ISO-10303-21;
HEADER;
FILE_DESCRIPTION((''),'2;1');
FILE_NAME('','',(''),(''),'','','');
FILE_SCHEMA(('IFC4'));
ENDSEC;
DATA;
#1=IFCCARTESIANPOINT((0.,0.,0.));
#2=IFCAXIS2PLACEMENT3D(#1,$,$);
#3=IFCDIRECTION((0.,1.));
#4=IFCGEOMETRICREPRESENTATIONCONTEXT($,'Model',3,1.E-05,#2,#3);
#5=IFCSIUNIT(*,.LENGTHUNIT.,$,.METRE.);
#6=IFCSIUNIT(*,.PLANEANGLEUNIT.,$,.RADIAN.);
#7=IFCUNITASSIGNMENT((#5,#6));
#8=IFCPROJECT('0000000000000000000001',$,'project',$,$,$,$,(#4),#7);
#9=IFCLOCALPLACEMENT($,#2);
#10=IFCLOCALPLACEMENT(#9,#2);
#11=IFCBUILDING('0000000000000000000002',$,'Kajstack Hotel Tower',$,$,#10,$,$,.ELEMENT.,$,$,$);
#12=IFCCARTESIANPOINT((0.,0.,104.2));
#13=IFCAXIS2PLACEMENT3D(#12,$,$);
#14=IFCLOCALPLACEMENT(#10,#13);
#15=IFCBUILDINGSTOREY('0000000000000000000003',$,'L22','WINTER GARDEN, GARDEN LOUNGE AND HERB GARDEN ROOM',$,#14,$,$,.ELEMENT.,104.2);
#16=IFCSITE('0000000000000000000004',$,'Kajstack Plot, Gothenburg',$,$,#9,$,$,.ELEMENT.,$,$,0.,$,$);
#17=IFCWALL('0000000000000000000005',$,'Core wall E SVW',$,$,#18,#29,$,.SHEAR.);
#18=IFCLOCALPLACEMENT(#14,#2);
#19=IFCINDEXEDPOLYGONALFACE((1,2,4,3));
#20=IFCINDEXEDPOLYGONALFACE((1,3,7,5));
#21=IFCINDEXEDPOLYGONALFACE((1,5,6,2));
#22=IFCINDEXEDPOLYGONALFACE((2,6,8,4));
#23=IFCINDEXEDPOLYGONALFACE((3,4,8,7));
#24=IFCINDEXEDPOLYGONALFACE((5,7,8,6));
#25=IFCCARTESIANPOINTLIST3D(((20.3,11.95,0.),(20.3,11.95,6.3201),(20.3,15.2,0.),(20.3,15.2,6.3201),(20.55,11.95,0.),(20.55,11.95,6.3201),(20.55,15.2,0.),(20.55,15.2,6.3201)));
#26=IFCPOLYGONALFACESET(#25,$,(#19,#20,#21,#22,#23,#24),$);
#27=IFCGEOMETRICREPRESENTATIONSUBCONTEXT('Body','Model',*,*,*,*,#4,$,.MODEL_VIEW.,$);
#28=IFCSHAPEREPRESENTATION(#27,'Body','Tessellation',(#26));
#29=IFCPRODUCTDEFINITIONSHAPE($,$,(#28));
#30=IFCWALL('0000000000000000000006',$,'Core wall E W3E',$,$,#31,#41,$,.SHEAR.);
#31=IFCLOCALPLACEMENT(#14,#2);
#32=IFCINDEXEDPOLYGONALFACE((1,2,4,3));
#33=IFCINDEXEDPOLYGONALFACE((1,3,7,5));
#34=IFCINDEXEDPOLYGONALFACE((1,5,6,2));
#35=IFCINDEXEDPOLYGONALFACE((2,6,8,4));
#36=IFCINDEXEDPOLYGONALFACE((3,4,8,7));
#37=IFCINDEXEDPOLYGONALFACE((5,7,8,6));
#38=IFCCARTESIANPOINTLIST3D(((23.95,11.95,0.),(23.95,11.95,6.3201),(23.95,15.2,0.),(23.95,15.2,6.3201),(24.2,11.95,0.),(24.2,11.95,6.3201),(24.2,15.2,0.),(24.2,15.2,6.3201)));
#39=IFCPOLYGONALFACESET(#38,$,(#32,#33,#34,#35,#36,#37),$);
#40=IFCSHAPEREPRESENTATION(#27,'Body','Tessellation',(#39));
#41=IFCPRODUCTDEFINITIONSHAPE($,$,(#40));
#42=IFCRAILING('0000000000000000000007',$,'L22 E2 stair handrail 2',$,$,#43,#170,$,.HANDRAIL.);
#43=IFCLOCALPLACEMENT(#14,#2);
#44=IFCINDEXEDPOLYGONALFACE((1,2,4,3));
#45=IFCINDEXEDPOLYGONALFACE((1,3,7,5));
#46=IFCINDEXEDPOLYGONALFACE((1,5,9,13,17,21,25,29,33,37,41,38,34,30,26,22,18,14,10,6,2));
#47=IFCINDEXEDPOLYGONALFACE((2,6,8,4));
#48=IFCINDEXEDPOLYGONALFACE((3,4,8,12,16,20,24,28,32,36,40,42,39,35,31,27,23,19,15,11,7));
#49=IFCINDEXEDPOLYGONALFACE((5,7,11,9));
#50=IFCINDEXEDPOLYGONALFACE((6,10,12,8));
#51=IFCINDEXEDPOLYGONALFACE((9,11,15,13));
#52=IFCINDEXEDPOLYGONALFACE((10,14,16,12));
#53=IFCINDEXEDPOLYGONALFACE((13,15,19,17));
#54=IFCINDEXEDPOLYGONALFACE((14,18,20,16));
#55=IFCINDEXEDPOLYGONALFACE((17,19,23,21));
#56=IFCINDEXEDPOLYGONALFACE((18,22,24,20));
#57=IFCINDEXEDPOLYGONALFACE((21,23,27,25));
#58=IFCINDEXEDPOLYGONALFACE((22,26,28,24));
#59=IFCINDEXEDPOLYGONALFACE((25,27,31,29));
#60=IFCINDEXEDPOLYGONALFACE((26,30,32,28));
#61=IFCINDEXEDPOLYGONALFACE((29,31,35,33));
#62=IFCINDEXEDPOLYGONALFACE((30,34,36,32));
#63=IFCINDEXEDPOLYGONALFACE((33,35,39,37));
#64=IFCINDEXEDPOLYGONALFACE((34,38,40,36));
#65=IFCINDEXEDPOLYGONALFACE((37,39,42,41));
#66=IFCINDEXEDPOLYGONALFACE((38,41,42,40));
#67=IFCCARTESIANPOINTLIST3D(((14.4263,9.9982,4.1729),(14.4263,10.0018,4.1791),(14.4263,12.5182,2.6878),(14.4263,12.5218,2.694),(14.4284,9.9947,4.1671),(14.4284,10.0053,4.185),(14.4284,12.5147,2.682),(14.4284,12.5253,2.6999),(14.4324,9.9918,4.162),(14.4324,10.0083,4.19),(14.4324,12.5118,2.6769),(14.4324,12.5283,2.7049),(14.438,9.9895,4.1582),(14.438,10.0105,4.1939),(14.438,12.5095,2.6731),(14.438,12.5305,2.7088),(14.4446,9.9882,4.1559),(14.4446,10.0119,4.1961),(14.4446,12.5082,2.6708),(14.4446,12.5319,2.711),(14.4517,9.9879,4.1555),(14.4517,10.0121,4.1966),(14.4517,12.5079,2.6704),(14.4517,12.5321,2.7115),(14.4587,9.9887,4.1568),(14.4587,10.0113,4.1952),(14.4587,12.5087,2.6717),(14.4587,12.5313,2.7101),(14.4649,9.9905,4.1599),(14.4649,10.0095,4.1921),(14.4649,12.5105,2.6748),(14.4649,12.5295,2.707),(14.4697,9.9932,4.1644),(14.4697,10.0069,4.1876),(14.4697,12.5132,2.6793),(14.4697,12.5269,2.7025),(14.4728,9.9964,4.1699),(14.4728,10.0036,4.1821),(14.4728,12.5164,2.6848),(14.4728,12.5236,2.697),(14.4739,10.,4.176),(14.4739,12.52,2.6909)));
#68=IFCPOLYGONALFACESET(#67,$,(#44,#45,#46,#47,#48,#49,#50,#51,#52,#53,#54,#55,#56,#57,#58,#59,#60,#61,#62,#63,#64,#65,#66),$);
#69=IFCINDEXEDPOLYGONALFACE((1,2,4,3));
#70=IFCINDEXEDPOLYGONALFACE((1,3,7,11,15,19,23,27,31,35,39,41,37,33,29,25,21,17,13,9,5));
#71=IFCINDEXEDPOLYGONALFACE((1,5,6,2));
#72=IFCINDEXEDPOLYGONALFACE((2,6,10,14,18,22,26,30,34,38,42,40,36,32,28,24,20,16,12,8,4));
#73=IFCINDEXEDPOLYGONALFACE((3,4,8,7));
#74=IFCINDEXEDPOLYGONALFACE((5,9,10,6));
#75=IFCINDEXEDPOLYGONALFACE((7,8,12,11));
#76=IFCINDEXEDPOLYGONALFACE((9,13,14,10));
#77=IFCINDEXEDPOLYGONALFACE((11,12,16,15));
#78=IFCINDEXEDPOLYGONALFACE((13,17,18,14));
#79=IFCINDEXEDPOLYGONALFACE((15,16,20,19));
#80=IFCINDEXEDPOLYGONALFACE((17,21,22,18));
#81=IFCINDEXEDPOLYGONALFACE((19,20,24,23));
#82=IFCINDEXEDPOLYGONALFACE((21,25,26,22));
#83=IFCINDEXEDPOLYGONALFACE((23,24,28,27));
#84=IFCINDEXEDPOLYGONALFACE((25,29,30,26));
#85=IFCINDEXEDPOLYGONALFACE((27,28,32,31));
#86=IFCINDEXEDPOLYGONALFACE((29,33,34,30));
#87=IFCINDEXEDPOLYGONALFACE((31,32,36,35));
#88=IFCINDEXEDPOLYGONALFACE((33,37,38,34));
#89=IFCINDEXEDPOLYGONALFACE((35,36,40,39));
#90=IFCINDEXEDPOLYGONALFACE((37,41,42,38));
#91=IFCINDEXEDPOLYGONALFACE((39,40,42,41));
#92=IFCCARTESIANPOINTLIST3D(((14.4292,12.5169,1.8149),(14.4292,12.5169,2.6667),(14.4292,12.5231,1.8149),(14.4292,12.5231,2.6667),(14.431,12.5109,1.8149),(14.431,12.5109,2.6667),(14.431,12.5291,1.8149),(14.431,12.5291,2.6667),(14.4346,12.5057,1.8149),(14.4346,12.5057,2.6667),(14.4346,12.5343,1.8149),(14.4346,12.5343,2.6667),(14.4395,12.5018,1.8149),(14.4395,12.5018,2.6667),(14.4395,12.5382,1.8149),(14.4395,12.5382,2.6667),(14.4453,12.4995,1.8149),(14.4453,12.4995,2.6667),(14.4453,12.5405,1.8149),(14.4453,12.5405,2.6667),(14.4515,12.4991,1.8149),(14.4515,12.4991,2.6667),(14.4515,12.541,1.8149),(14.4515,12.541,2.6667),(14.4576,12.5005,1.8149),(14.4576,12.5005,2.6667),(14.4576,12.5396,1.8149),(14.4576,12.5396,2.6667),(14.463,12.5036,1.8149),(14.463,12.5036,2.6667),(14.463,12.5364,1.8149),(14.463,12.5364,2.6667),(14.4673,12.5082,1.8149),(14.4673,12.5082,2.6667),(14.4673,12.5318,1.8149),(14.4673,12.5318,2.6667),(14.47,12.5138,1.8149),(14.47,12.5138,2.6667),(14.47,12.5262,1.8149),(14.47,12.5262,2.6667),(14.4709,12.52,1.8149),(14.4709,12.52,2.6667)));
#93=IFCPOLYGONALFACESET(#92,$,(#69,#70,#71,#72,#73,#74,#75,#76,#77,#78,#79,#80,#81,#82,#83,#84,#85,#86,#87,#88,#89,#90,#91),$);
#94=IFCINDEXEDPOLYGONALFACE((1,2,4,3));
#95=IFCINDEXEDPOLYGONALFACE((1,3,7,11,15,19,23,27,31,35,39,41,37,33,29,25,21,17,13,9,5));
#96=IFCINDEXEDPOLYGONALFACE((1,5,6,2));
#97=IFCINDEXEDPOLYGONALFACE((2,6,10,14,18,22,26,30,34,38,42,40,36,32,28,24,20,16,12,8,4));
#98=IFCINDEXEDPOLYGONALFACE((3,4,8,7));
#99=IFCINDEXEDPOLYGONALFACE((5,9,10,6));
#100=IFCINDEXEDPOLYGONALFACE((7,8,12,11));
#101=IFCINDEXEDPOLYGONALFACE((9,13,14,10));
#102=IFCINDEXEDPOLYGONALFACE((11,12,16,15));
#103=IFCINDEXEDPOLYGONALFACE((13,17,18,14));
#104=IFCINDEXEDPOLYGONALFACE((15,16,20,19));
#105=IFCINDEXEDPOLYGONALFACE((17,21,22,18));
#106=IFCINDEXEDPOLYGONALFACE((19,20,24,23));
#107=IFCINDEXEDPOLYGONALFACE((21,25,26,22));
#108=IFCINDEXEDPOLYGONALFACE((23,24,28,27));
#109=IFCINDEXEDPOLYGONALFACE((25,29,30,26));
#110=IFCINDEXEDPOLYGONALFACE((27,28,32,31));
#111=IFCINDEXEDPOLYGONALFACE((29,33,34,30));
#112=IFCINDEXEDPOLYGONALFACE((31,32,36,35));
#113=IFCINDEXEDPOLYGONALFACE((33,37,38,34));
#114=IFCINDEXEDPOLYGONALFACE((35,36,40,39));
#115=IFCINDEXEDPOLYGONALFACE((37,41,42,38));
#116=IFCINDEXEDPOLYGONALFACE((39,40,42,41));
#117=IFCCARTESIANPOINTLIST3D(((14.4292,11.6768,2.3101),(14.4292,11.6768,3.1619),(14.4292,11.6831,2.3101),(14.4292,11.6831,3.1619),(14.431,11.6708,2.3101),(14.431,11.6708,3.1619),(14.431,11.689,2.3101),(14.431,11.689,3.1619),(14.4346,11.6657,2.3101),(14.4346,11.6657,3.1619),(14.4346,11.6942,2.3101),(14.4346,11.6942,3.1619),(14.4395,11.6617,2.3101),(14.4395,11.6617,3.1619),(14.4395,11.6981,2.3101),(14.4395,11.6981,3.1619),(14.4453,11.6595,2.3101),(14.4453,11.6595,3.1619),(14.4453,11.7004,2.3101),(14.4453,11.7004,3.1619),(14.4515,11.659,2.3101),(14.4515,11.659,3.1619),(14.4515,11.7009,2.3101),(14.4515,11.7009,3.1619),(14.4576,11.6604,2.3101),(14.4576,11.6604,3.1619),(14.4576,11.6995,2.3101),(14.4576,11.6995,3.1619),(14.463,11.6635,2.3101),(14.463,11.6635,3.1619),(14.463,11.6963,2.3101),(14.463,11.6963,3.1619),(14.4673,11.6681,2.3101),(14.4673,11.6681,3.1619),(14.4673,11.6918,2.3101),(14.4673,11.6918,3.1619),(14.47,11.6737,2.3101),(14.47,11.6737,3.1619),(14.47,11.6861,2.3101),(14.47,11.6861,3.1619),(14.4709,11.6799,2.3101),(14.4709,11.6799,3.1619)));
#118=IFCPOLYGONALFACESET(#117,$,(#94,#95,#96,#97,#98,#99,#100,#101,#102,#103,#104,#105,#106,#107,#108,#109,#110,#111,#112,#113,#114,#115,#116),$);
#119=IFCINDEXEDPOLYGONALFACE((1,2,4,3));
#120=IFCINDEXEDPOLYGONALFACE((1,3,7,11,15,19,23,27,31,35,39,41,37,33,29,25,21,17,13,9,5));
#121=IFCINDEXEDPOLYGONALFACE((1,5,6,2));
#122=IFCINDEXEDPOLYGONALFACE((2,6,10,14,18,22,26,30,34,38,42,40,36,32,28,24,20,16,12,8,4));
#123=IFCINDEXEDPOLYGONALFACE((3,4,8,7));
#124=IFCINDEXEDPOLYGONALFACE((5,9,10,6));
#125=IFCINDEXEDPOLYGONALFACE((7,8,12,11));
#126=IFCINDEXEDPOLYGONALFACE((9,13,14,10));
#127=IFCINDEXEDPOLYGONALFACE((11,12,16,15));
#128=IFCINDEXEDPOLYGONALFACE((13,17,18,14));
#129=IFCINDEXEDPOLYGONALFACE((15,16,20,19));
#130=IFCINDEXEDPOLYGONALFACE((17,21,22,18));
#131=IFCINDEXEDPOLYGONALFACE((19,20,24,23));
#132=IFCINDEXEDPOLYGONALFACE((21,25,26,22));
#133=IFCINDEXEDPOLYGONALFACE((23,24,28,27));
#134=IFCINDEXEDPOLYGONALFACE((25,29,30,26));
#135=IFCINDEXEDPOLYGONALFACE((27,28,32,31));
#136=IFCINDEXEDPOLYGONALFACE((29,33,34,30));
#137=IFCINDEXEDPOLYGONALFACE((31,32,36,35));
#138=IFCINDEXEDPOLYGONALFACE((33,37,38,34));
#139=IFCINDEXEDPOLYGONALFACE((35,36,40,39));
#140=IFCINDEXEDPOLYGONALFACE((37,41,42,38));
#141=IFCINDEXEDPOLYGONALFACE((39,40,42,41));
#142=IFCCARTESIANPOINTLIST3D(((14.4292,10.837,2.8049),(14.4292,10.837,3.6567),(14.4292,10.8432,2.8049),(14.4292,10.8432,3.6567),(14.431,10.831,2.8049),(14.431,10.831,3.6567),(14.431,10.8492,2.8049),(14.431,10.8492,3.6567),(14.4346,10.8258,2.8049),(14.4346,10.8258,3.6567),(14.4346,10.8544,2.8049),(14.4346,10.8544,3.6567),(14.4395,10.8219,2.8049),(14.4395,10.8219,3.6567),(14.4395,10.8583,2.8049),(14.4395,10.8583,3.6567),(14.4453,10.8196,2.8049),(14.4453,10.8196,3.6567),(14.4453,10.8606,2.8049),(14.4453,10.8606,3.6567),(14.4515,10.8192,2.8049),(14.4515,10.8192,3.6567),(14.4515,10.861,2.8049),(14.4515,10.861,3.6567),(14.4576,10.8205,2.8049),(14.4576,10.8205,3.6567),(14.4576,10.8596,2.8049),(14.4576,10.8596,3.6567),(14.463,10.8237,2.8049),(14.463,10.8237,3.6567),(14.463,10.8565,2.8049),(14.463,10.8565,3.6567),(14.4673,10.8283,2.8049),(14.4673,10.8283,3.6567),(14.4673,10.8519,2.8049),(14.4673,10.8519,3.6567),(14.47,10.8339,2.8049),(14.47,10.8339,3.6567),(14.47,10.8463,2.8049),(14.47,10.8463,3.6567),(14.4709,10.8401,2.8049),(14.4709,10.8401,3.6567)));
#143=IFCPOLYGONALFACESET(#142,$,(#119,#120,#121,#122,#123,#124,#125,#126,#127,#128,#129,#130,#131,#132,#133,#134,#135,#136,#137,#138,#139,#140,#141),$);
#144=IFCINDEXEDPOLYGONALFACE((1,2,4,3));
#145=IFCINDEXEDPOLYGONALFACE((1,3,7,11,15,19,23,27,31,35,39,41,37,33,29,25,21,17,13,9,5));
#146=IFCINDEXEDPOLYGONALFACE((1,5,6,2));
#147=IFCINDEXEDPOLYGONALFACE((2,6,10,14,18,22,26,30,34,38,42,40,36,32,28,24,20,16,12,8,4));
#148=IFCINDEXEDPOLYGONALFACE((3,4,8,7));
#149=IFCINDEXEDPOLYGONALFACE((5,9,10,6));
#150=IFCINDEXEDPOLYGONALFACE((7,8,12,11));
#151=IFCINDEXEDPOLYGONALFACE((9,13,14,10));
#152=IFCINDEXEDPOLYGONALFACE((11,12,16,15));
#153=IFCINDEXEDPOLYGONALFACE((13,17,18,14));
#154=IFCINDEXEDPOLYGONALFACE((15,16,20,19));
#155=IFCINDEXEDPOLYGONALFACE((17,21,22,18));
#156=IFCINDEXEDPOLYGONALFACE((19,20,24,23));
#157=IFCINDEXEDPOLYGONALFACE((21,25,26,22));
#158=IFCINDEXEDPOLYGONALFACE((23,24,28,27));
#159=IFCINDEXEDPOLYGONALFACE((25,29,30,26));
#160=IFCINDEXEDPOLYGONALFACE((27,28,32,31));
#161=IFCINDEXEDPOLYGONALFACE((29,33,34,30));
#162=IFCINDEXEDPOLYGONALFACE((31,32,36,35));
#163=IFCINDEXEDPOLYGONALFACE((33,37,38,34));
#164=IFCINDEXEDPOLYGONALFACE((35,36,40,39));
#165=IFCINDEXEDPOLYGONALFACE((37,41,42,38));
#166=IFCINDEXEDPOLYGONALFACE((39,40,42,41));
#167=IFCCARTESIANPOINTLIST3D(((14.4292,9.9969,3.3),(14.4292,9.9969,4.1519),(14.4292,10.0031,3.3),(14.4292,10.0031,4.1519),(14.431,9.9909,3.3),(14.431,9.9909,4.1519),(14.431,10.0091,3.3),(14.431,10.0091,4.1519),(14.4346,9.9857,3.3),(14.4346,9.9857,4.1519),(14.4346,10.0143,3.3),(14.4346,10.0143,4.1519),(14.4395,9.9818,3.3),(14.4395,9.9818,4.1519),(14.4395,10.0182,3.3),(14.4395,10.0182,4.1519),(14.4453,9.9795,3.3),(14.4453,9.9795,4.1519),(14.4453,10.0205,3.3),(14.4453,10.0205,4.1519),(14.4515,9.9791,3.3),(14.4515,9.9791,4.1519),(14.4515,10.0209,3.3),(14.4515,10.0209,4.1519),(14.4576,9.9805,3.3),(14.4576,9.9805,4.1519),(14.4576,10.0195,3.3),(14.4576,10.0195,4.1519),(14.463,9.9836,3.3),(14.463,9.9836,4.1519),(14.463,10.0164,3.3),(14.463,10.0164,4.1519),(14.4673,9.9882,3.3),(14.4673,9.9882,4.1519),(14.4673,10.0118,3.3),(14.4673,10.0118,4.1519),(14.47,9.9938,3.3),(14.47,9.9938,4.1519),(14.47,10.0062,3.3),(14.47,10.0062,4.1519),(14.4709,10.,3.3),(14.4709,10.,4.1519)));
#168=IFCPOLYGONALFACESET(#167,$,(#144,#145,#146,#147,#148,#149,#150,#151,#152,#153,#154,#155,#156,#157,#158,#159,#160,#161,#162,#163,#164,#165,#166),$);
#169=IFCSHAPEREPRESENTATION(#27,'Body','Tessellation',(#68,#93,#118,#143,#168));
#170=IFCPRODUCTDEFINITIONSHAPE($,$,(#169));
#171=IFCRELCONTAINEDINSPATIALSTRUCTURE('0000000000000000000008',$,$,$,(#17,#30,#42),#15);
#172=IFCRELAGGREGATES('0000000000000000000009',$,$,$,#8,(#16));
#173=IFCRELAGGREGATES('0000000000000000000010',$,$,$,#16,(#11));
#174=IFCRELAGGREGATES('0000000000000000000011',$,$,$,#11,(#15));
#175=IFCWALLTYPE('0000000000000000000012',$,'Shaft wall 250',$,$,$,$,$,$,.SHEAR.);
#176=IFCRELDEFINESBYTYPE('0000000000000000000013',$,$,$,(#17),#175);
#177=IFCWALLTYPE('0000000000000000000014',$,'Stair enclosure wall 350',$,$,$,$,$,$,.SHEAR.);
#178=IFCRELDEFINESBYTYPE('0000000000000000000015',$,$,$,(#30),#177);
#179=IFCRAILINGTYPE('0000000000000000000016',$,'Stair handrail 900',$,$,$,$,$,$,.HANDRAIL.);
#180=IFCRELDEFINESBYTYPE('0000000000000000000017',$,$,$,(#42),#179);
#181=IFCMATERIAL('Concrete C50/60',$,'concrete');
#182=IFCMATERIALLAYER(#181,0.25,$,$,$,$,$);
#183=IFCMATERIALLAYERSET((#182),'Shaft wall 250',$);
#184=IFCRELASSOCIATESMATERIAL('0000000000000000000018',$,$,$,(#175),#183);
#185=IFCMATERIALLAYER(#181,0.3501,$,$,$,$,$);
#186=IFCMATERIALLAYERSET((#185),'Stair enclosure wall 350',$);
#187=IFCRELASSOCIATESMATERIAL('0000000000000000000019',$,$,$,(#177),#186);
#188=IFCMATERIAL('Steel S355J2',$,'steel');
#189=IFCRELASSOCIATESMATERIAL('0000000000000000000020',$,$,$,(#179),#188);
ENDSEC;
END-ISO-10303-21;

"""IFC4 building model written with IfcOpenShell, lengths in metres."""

from ifc_helpers import new_model, si_unit, direction, frame, frame_2d, origin, origin_2d, place, context, subcontext, project, spatial, rectangle, circle, extrude, material, layer, layer_set, type_object, element, save


model = new_model("IFC4")

# Units and contexts
model_context = context("Model", 3, precision=1e-05, world=origin(), true_north=direction((0.0, 1.0)))
body_context = subcontext(model_context, "Body", "Model", "MODEL_VIEW")
ifc_project = project(units=[si_unit("LENGTHUNIT", "METRE"), si_unit("PLANEANGLEUNIT", "RADIAN")], contexts=[model_context])

# Site, building, storey
site_placement = place(None, origin())
site = spatial("IfcSite", under=ifc_project, at=site_placement, Name="Kajstack Plot, Gothenburg", CompositionType="ELEMENT", RefElevation=0.0)
building_placement = place(site_placement, origin())
building = spatial("IfcBuilding", under=site, at=building_placement, Name="Kajstack Hotel Tower", CompositionType="ELEMENT")
storey_placement = place(building_placement, frame((0.0, 0.0, 104.2)))
storey = spatial("IfcBuildingStorey", under=building, at=storey_placement, Name="L22", Description="WINTER GARDEN, GARDEN LOUNGE AND HERB GARDEN ROOM", CompositionType="ELEMENT", Elevation=104.2)

# Shared definitions
ifc_material_1 = material(Name="Concrete C50/60", Category="concrete")
ifc_layer_1 = layer(ifc_material_1, 0.25)
ifc_layer_set_1 = layer_set([ifc_layer_1], Name="Shaft wall 250")
wall_type_1 = type_object("IfcWallType", Name="Shaft wall 250", PredefinedType="SHEAR", material=ifc_layer_set_1)

# Walls
wall_1_placement = place(storey_placement, frame((20.425, 11.95, 0.0), z_axis=(0.0, 0.0, 1.0), x_axis=(0.0, 1.0, 0.0)))
element("IfcWall", 1, at=wall_1_placement, inside=storey, type_object=wall_type_1, Name="Core wall E SVW", PredefinedType="SHEAR", context=body_context, shape_type="SweptSolid", body=[
    extrude(rectangle(XDim=3.25, YDim=0.25, at=frame_2d((1.625, 0.0))), origin(), (0.0, 0.0, 1.0), 6.3201),
])
ifc_layer_2 = layer(ifc_material_1, 0.3501)
ifc_layer_set_2 = layer_set([ifc_layer_2], Name="Stair enclosure wall 350")
wall_type_2 = type_object("IfcWallType", Name="Stair enclosure wall 350", PredefinedType="SHEAR", material=ifc_layer_set_2)
wall_2_placement = place(storey_placement, frame((24.075, 11.95, 0.0), z_axis=(0.0, 0.0, 1.0), x_axis=(0.0, 1.0, 0.0)))
element("IfcWall", 2, at=wall_2_placement, inside=storey, type_object=wall_type_2, Name="Core wall E W3E", PredefinedType="SHEAR", context=body_context, shape_type="SweptSolid", body=[
    extrude(rectangle(XDim=3.25, YDim=0.25, at=frame_2d((1.625, 0.0))), origin(), (0.0, 0.0, 1.0), 6.3201),
])

# Railing
ifc_material_2 = material(Name="Steel S355J2", Category="steel")
railing_type_1 = type_object("IfcRailingType", Name="Stair handrail 900", PredefinedType="HANDRAIL", material=ifc_material_2)
railing_1_placement = place(storey_placement, frame((14.45, 12.52, 1.8149)))
element("IfcRailing", 3, at=railing_1_placement, inside=storey, type_object=railing_type_1, Name="L22 E2 stair handrail 2", PredefinedType="HANDRAIL", context=body_context, shape_type="SweptSolid", body=[
    extrude(circle(Radius=0.0239, at=origin_2d()), frame((0.0, 0.0, 0.876), z_axis=(0.0, -0.861524, 0.507717), x_axis=(1.0, 0.0, 0.0)), (0.0, 0.0, 1.0), 2.925),
    extrude(circle(Radius=0.021, at=origin_2d()), origin(), (0.0, 0.0, 1.0), 0.8518),
    extrude(circle(Radius=0.021, at=origin_2d()), frame((0.0, -0.8401, 0.4951)), (0.0, 0.0, 1.0), 0.8518),
    extrude(circle(Radius=0.021, at=origin_2d()), frame((0.0, -1.6799, 0.99)), (0.0, 0.0, 1.0), 0.8518),
    extrude(circle(Radius=0.021, at=origin_2d()), frame((0.0, -2.52, 1.4851)), (0.0, 0.0, 1.0), 0.8518),
])

save(model, "model.ifc")
